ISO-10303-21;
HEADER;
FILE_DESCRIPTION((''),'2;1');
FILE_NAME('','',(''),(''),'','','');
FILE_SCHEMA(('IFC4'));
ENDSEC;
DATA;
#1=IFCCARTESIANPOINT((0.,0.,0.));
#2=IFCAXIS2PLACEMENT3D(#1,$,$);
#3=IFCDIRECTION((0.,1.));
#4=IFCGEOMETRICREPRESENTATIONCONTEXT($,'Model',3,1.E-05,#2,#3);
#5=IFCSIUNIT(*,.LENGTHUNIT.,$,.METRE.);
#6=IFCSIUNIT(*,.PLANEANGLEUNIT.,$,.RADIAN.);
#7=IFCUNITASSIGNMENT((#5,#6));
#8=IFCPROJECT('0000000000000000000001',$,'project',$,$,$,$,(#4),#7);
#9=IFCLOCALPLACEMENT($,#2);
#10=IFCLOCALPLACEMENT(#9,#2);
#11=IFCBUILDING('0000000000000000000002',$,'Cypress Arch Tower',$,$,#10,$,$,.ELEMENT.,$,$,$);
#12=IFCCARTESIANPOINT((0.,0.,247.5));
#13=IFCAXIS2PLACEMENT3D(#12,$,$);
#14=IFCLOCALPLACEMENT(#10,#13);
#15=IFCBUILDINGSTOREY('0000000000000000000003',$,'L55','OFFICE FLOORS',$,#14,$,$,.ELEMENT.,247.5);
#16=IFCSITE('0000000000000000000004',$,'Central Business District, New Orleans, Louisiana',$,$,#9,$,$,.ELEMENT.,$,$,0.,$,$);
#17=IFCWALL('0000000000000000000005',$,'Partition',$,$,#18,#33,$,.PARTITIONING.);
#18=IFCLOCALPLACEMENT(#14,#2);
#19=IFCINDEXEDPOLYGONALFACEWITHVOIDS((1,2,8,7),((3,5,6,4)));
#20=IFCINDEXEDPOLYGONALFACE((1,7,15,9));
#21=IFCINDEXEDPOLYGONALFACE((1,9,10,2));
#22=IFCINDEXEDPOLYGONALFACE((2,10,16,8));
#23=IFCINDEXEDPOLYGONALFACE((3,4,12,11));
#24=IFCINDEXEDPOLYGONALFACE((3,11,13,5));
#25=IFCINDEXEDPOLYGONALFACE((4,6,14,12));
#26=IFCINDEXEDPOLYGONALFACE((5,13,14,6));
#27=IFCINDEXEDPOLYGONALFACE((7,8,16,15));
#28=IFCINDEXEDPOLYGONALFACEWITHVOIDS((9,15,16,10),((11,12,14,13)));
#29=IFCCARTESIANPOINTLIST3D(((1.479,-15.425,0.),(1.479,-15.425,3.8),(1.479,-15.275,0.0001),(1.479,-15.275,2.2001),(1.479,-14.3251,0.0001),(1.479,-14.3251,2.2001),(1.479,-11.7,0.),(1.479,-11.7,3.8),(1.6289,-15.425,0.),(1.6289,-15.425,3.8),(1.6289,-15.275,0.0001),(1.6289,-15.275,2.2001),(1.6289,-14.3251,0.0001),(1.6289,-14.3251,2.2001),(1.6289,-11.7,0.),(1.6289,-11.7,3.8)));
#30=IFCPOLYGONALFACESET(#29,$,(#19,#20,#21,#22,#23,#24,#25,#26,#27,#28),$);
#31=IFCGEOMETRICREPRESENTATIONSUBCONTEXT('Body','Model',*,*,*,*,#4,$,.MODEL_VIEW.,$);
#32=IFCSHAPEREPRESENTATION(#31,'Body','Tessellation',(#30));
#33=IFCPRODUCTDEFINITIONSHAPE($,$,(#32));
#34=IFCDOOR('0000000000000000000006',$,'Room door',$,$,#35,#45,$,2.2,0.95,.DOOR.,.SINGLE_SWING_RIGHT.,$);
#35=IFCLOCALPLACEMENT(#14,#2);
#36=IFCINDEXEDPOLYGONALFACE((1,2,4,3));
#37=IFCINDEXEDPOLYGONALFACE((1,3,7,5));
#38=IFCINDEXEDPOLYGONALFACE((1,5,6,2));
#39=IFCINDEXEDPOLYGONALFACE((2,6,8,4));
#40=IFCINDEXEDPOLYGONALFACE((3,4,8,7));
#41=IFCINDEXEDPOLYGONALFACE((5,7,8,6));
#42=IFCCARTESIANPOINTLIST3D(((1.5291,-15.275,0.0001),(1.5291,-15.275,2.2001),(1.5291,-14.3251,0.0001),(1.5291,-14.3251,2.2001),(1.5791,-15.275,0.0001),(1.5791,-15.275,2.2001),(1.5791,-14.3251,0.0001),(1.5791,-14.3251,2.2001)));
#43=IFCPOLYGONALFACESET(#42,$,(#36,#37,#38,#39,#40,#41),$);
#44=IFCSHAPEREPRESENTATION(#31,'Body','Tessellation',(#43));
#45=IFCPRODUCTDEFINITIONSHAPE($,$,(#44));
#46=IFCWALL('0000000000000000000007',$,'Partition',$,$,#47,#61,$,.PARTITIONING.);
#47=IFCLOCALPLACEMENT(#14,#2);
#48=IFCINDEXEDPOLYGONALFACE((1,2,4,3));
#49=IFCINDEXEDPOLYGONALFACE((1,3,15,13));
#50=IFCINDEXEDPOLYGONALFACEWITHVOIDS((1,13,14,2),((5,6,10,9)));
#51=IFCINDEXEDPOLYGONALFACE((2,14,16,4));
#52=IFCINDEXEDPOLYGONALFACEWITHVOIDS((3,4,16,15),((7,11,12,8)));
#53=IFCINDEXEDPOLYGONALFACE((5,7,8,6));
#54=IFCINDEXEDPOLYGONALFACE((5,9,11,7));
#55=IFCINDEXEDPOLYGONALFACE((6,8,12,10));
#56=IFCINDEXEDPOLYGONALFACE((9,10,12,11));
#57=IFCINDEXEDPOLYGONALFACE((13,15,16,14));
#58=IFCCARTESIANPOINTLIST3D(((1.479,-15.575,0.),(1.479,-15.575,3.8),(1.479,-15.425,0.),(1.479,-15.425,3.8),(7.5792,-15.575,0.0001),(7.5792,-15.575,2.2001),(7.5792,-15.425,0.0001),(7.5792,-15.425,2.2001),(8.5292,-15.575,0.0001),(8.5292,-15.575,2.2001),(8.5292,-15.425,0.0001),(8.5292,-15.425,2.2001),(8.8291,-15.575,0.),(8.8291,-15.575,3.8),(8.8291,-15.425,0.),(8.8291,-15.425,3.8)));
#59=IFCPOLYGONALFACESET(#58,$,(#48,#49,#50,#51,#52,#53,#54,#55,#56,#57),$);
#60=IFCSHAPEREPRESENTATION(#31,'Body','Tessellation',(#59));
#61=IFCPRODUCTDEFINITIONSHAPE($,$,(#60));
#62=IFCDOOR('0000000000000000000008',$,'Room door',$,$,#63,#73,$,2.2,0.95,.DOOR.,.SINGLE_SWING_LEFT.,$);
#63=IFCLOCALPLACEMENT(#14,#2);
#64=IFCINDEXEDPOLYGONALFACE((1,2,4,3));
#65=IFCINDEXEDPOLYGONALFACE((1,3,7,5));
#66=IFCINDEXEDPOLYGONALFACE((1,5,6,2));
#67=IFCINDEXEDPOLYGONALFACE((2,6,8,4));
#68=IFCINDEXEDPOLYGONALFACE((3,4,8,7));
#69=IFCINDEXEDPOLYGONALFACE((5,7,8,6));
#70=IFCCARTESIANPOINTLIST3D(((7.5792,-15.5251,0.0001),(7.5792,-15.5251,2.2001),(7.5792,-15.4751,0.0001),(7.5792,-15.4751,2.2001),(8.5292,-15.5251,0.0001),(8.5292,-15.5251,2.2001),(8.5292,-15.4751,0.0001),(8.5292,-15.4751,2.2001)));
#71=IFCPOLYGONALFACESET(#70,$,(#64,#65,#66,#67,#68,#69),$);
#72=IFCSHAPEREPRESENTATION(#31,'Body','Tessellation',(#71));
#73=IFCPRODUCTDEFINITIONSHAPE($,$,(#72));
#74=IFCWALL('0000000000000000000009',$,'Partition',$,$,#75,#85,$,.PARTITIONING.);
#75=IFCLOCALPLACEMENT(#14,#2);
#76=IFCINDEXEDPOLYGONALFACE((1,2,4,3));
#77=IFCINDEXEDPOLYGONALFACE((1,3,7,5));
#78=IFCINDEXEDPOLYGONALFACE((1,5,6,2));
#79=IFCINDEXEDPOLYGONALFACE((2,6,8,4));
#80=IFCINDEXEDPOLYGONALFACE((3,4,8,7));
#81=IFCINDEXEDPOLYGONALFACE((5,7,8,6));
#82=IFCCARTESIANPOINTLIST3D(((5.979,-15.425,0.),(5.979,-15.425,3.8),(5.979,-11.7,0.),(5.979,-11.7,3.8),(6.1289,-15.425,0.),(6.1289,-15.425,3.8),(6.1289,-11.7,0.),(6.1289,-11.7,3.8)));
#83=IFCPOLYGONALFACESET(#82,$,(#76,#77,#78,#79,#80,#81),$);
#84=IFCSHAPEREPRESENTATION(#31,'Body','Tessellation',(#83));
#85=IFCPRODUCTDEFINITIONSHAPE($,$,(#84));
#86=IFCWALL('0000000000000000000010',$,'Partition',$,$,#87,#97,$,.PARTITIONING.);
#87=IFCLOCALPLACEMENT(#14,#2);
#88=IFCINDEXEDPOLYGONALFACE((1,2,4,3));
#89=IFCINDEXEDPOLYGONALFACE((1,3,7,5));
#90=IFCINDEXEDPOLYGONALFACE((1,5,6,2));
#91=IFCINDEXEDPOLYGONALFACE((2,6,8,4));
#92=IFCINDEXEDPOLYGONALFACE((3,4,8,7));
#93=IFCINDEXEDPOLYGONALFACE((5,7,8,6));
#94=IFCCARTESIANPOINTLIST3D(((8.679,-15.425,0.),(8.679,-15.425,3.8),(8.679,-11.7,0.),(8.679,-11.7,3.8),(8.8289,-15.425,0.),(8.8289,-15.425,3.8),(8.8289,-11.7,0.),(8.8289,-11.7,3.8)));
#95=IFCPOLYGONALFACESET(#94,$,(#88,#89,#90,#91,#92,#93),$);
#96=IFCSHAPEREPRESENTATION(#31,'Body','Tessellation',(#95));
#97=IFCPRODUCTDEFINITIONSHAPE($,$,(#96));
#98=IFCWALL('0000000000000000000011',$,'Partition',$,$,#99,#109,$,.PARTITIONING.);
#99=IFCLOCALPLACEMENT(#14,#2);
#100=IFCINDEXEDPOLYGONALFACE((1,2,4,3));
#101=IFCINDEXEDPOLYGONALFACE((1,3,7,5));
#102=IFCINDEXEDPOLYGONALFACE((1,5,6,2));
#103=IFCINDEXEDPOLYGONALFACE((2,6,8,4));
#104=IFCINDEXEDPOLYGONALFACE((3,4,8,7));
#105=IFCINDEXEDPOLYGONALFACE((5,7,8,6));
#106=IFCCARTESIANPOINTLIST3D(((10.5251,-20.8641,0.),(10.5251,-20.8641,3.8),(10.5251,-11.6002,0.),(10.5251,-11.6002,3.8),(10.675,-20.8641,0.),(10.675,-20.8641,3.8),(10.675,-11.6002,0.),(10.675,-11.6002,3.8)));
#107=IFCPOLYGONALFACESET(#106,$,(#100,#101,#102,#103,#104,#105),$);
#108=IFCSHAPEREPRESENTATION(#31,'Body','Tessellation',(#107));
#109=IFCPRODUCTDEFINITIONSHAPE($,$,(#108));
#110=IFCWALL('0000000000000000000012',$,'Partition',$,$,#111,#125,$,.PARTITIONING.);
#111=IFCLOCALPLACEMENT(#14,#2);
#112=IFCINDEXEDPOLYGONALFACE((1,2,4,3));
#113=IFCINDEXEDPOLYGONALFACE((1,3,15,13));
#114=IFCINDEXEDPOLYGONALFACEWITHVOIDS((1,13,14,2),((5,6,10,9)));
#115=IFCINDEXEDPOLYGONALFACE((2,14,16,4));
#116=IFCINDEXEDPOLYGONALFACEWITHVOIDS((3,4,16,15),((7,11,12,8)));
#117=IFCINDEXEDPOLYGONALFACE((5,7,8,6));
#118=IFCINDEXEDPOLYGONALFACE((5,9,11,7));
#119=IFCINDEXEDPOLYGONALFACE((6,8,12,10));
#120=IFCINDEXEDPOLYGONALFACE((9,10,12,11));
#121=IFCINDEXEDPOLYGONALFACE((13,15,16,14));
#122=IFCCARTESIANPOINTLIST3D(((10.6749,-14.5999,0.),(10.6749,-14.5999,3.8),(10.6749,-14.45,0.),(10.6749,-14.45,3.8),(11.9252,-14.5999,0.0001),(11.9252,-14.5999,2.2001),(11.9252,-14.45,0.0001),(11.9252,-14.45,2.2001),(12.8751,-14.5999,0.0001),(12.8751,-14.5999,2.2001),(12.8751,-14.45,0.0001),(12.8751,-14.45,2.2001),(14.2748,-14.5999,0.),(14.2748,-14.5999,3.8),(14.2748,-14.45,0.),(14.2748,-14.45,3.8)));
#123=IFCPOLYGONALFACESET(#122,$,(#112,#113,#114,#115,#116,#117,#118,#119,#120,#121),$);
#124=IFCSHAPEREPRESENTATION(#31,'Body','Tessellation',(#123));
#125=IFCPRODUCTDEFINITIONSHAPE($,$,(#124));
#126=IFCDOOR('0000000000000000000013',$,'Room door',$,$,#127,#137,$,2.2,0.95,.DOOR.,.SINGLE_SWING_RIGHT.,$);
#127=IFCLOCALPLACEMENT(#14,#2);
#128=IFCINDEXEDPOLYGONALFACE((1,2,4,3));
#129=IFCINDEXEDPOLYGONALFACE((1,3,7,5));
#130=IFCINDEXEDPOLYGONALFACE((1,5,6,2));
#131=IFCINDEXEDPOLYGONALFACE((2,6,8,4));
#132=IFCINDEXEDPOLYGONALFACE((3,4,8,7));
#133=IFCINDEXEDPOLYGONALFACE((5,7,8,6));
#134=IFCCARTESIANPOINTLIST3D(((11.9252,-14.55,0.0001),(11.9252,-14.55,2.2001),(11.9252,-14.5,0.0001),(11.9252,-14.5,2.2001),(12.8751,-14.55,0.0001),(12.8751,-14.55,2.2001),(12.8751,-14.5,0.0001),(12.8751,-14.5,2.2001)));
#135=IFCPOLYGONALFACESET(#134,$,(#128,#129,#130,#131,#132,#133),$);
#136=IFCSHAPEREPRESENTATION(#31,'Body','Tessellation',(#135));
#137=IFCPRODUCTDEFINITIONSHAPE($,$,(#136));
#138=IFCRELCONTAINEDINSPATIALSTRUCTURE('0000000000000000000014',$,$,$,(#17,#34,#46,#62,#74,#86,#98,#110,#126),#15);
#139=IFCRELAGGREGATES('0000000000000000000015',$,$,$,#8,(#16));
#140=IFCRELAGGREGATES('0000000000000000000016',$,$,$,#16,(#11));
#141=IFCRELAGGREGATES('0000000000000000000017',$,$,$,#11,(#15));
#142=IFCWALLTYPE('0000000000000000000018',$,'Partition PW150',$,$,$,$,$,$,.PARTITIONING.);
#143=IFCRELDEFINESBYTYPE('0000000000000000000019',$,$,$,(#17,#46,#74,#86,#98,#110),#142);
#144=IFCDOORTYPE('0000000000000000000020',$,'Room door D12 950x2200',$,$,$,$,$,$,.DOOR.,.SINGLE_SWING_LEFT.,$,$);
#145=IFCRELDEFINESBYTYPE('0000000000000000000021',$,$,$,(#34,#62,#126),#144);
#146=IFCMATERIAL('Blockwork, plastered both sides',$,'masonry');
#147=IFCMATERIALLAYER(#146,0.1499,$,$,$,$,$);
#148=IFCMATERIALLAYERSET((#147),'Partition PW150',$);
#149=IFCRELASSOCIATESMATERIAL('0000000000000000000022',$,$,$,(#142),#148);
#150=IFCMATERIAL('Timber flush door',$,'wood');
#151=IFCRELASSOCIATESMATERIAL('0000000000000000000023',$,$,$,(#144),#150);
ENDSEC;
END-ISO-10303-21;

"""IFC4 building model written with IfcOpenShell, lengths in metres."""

from ifc_helpers import new_model, si_unit, direction, frame, frame_2d, origin, place, context, subcontext, project, spatial, rectangle, extrude, material, layer, layer_set, type_object, element, fill, save


model = new_model("IFC4")

# Units and contexts
model_context = context("Model", 3, precision=1e-05, world=origin(), true_north=direction((0.0, 1.0)))
body_context = subcontext(model_context, "Body", "Model", "MODEL_VIEW")
ifc_project = project(units=[si_unit("LENGTHUNIT", "METRE"), si_unit("PLANEANGLEUNIT", "RADIAN")], contexts=[model_context])

# Site, building, storey
site_placement = place(None, origin())
site = spatial("IfcSite", under=ifc_project, at=site_placement, Name="Central Business District, New Orleans, Louisiana", CompositionType="ELEMENT", RefElevation=0.0)
building_placement = place(site_placement, origin())
building = spatial("IfcBuilding", under=site, at=building_placement, Name="Cypress Arch Tower", CompositionType="ELEMENT")
storey_placement = place(building_placement, frame((0.0, 0.0, 247.5)))
storey = spatial("IfcBuildingStorey", under=building, at=storey_placement, Name="L55", Description="OFFICE FLOORS", CompositionType="ELEMENT", Elevation=247.5)

# Walls, openings, doors
ifc_material_1 = material(Name="Blockwork, plastered both sides", Category="masonry")
ifc_layer_1 = layer(ifc_material_1, 0.1499)
ifc_layer_set_1 = layer_set([ifc_layer_1], Name="Partition PW150")
wall_type_1 = type_object("IfcWallType", Name="Partition PW150", PredefinedType="PARTITIONING", material=ifc_layer_set_1)
wall_1_placement = place(storey_placement, frame((1.554, -15.425, 0.0), z_axis=(0.0, 0.0, 1.0), x_axis=(0.0, 1.0, 0.0)))
wall_1 = element("IfcWall", 1, at=wall_1_placement, inside=storey, type_object=wall_type_1, Name="Partition", PredefinedType="PARTITIONING", context=body_context, shape_type="SweptSolid", body=[
    extrude(rectangle(XDim=3.7251, YDim=0.1499, at=frame_2d((1.8625, 0.0))), origin(), (0.0, 0.0, 1.0), 3.8),
])
opening_1_placement = place(wall_1_placement, frame((0.1499, 0.0, 0.0)))
opening_1 = element("IfcOpeningElement", 2, at=opening_1_placement, cuts=wall_1, PredefinedType="OPENING", context=body_context, shape_type="SweptSolid", body=[
    extrude(rectangle(XDim=0.95, YDim=2.2, at=frame_2d((0.4751, 1.1001))), frame((0.0, 0.085, 0.0), z_axis=(0.0, -1.0, 0.0), x_axis=(1.0, 0.0, 0.0)), (0.0, 0.0, 1.0), 0.1699),
])
ifc_material_2 = material(Name="Timber flush door", Category="wood")
door_type_1 = type_object("IfcDoorType", Name="Room door D12 950x2200", OperationType="SINGLE_SWING_LEFT", PredefinedType="DOOR", material=ifc_material_2)
door_1_placement = place(opening_1_placement, origin())
door_1 = element("IfcDoor", 3, at=door_1_placement, inside=storey, type_object=door_type_1, Name="Room door", OperationType="SINGLE_SWING_RIGHT", OverallHeight=2.2, OverallWidth=0.95, PredefinedType="DOOR", context=body_context, shape_type="SweptSolid", body=[
    extrude(rectangle(XDim=0.95, YDim=2.2, at=frame_2d((0.4751, 1.1001))), frame((0.0, 0.0249, 0.0), z_axis=(0.0, -1.0, 0.0), x_axis=(1.0, 0.0, 0.0)), (0.0, 0.0, 1.0), 0.05),
])
fill(opening_1, door_1)
wall_2_placement = place(storey_placement, frame((1.479, -15.5, 0.0), z_axis=(0.0, 0.0, 1.0), x_axis=(1.0, 0.0, 0.0)))
wall_2 = element("IfcWall", 4, at=wall_2_placement, inside=storey, type_object=wall_type_1, Name="Partition", PredefinedType="PARTITIONING", context=body_context, shape_type="SweptSolid", body=[
    extrude(rectangle(XDim=7.3501, YDim=0.1499, at=frame_2d((3.675, 0.0))), origin(), (0.0, 0.0, 1.0), 3.8),
])
opening_2_placement = place(wall_2_placement, frame((6.1001, 0.0, 0.0)))
opening_2 = element("IfcOpeningElement", 5, at=opening_2_placement, cuts=wall_2, PredefinedType="OPENING", context=body_context, shape_type="SweptSolid", body=[
    extrude(rectangle(XDim=0.95, YDim=2.2, at=frame_2d((0.4751, 1.1001))), frame((0.0, 0.085, 0.0), z_axis=(0.0, -1.0, 0.0), x_axis=(1.0, 0.0, 0.0)), (0.0, 0.0, 1.0), 0.1699),
])
door_2_placement = place(opening_2_placement, origin())
door_2 = element("IfcDoor", 6, at=door_2_placement, inside=storey, type_object=door_type_1, Name="Room door", OperationType="SINGLE_SWING_LEFT", OverallHeight=2.2, OverallWidth=0.95, PredefinedType="DOOR", context=body_context, shape_type="SweptSolid", body=[
    extrude(rectangle(XDim=0.95, YDim=2.2, at=frame_2d((0.4751, 1.1001))), frame((0.0, 0.0249, 0.0), z_axis=(0.0, -1.0, 0.0), x_axis=(1.0, 0.0, 0.0)), (0.0, 0.0, 1.0), 0.05),
])
fill(opening_2, door_2)

# Walls
for number, where, z_axis, x_axis, name in (
    (7, (6.054, -15.425, 0.0), (0.0, 0.0, 1.0), (0.0, 1.0, 0.0), "Partition"),
    (8, (8.7539, -15.425, 0.0), (0.0, 0.0, 1.0), (0.0, 1.0, 0.0), "Partition"),
):
    element("IfcWall", number, at=place(storey_placement, frame(where, z_axis=z_axis, x_axis=x_axis)), inside=storey, type_object=wall_type_1, Name=name, PredefinedType="PARTITIONING", context=body_context, shape_type="SweptSolid", body=[
        extrude(rectangle(XDim=3.7251, YDim=0.1499, at=frame_2d((1.8625, 0.0))), origin(), (0.0, 0.0, 1.0), 3.8),
    ])
wall_3_placement = place(storey_placement, frame((10.6001, -20.864, 0.0), z_axis=(0.0, 0.0, 1.0), x_axis=(0.0, 1.0, 0.0)))
element("IfcWall", 9, at=wall_3_placement, inside=storey, type_object=wall_type_1, Name="Partition", PredefinedType="PARTITIONING", context=body_context, shape_type="SweptSolid", body=[
    extrude(rectangle(XDim=9.2639, YDim=0.1499, at=frame_2d((4.6318, 0.0))), origin(), (0.0, 0.0, 1.0), 3.8),
])

# Wall, opening, door
wall_4_placement = place(storey_placement, frame((10.675, -14.5249, 0.0), z_axis=(0.0, 0.0, 1.0), x_axis=(1.0, 0.0, 0.0)))
wall_4 = element("IfcWall", 10, at=wall_4_placement, inside=storey, type_object=wall_type_1, Name="Partition", PredefinedType="PARTITIONING", context=body_context, shape_type="SweptSolid", body=[
    extrude(rectangle(XDim=3.5999, YDim=0.1499, at=frame_2d((1.7998, 0.0))), origin(), (0.0, 0.0, 1.0), 3.8),
])
opening_3_placement = place(wall_4_placement, frame((1.25, 0.0, 0.0)))
opening_3 = element("IfcOpeningElement", 11, at=opening_3_placement, cuts=wall_4, PredefinedType="OPENING", context=body_context, shape_type="SweptSolid", body=[
    extrude(rectangle(XDim=0.95, YDim=2.2, at=frame_2d((0.4751, 1.1001))), frame((0.0, 0.085, 0.0), z_axis=(0.0, -1.0, 0.0), x_axis=(1.0, 0.0, 0.0)), (0.0, 0.0, 1.0), 0.1699),
])
door_3_placement = place(opening_3_placement, origin())
door_3 = element("IfcDoor", 12, at=door_3_placement, inside=storey, type_object=door_type_1, Name="Room door", OperationType="SINGLE_SWING_RIGHT", OverallHeight=2.2, OverallWidth=0.95, PredefinedType="DOOR", context=body_context, shape_type="SweptSolid", body=[
    extrude(rectangle(XDim=0.95, YDim=2.2, at=frame_2d((0.4751, 1.1001))), frame((0.0, 0.0249, 0.0), z_axis=(0.0, -1.0, 0.0), x_axis=(1.0, 0.0, 0.0)), (0.0, 0.0, 1.0), 0.05),
])
fill(opening_3, door_3)

save(model, "model.ifc")
